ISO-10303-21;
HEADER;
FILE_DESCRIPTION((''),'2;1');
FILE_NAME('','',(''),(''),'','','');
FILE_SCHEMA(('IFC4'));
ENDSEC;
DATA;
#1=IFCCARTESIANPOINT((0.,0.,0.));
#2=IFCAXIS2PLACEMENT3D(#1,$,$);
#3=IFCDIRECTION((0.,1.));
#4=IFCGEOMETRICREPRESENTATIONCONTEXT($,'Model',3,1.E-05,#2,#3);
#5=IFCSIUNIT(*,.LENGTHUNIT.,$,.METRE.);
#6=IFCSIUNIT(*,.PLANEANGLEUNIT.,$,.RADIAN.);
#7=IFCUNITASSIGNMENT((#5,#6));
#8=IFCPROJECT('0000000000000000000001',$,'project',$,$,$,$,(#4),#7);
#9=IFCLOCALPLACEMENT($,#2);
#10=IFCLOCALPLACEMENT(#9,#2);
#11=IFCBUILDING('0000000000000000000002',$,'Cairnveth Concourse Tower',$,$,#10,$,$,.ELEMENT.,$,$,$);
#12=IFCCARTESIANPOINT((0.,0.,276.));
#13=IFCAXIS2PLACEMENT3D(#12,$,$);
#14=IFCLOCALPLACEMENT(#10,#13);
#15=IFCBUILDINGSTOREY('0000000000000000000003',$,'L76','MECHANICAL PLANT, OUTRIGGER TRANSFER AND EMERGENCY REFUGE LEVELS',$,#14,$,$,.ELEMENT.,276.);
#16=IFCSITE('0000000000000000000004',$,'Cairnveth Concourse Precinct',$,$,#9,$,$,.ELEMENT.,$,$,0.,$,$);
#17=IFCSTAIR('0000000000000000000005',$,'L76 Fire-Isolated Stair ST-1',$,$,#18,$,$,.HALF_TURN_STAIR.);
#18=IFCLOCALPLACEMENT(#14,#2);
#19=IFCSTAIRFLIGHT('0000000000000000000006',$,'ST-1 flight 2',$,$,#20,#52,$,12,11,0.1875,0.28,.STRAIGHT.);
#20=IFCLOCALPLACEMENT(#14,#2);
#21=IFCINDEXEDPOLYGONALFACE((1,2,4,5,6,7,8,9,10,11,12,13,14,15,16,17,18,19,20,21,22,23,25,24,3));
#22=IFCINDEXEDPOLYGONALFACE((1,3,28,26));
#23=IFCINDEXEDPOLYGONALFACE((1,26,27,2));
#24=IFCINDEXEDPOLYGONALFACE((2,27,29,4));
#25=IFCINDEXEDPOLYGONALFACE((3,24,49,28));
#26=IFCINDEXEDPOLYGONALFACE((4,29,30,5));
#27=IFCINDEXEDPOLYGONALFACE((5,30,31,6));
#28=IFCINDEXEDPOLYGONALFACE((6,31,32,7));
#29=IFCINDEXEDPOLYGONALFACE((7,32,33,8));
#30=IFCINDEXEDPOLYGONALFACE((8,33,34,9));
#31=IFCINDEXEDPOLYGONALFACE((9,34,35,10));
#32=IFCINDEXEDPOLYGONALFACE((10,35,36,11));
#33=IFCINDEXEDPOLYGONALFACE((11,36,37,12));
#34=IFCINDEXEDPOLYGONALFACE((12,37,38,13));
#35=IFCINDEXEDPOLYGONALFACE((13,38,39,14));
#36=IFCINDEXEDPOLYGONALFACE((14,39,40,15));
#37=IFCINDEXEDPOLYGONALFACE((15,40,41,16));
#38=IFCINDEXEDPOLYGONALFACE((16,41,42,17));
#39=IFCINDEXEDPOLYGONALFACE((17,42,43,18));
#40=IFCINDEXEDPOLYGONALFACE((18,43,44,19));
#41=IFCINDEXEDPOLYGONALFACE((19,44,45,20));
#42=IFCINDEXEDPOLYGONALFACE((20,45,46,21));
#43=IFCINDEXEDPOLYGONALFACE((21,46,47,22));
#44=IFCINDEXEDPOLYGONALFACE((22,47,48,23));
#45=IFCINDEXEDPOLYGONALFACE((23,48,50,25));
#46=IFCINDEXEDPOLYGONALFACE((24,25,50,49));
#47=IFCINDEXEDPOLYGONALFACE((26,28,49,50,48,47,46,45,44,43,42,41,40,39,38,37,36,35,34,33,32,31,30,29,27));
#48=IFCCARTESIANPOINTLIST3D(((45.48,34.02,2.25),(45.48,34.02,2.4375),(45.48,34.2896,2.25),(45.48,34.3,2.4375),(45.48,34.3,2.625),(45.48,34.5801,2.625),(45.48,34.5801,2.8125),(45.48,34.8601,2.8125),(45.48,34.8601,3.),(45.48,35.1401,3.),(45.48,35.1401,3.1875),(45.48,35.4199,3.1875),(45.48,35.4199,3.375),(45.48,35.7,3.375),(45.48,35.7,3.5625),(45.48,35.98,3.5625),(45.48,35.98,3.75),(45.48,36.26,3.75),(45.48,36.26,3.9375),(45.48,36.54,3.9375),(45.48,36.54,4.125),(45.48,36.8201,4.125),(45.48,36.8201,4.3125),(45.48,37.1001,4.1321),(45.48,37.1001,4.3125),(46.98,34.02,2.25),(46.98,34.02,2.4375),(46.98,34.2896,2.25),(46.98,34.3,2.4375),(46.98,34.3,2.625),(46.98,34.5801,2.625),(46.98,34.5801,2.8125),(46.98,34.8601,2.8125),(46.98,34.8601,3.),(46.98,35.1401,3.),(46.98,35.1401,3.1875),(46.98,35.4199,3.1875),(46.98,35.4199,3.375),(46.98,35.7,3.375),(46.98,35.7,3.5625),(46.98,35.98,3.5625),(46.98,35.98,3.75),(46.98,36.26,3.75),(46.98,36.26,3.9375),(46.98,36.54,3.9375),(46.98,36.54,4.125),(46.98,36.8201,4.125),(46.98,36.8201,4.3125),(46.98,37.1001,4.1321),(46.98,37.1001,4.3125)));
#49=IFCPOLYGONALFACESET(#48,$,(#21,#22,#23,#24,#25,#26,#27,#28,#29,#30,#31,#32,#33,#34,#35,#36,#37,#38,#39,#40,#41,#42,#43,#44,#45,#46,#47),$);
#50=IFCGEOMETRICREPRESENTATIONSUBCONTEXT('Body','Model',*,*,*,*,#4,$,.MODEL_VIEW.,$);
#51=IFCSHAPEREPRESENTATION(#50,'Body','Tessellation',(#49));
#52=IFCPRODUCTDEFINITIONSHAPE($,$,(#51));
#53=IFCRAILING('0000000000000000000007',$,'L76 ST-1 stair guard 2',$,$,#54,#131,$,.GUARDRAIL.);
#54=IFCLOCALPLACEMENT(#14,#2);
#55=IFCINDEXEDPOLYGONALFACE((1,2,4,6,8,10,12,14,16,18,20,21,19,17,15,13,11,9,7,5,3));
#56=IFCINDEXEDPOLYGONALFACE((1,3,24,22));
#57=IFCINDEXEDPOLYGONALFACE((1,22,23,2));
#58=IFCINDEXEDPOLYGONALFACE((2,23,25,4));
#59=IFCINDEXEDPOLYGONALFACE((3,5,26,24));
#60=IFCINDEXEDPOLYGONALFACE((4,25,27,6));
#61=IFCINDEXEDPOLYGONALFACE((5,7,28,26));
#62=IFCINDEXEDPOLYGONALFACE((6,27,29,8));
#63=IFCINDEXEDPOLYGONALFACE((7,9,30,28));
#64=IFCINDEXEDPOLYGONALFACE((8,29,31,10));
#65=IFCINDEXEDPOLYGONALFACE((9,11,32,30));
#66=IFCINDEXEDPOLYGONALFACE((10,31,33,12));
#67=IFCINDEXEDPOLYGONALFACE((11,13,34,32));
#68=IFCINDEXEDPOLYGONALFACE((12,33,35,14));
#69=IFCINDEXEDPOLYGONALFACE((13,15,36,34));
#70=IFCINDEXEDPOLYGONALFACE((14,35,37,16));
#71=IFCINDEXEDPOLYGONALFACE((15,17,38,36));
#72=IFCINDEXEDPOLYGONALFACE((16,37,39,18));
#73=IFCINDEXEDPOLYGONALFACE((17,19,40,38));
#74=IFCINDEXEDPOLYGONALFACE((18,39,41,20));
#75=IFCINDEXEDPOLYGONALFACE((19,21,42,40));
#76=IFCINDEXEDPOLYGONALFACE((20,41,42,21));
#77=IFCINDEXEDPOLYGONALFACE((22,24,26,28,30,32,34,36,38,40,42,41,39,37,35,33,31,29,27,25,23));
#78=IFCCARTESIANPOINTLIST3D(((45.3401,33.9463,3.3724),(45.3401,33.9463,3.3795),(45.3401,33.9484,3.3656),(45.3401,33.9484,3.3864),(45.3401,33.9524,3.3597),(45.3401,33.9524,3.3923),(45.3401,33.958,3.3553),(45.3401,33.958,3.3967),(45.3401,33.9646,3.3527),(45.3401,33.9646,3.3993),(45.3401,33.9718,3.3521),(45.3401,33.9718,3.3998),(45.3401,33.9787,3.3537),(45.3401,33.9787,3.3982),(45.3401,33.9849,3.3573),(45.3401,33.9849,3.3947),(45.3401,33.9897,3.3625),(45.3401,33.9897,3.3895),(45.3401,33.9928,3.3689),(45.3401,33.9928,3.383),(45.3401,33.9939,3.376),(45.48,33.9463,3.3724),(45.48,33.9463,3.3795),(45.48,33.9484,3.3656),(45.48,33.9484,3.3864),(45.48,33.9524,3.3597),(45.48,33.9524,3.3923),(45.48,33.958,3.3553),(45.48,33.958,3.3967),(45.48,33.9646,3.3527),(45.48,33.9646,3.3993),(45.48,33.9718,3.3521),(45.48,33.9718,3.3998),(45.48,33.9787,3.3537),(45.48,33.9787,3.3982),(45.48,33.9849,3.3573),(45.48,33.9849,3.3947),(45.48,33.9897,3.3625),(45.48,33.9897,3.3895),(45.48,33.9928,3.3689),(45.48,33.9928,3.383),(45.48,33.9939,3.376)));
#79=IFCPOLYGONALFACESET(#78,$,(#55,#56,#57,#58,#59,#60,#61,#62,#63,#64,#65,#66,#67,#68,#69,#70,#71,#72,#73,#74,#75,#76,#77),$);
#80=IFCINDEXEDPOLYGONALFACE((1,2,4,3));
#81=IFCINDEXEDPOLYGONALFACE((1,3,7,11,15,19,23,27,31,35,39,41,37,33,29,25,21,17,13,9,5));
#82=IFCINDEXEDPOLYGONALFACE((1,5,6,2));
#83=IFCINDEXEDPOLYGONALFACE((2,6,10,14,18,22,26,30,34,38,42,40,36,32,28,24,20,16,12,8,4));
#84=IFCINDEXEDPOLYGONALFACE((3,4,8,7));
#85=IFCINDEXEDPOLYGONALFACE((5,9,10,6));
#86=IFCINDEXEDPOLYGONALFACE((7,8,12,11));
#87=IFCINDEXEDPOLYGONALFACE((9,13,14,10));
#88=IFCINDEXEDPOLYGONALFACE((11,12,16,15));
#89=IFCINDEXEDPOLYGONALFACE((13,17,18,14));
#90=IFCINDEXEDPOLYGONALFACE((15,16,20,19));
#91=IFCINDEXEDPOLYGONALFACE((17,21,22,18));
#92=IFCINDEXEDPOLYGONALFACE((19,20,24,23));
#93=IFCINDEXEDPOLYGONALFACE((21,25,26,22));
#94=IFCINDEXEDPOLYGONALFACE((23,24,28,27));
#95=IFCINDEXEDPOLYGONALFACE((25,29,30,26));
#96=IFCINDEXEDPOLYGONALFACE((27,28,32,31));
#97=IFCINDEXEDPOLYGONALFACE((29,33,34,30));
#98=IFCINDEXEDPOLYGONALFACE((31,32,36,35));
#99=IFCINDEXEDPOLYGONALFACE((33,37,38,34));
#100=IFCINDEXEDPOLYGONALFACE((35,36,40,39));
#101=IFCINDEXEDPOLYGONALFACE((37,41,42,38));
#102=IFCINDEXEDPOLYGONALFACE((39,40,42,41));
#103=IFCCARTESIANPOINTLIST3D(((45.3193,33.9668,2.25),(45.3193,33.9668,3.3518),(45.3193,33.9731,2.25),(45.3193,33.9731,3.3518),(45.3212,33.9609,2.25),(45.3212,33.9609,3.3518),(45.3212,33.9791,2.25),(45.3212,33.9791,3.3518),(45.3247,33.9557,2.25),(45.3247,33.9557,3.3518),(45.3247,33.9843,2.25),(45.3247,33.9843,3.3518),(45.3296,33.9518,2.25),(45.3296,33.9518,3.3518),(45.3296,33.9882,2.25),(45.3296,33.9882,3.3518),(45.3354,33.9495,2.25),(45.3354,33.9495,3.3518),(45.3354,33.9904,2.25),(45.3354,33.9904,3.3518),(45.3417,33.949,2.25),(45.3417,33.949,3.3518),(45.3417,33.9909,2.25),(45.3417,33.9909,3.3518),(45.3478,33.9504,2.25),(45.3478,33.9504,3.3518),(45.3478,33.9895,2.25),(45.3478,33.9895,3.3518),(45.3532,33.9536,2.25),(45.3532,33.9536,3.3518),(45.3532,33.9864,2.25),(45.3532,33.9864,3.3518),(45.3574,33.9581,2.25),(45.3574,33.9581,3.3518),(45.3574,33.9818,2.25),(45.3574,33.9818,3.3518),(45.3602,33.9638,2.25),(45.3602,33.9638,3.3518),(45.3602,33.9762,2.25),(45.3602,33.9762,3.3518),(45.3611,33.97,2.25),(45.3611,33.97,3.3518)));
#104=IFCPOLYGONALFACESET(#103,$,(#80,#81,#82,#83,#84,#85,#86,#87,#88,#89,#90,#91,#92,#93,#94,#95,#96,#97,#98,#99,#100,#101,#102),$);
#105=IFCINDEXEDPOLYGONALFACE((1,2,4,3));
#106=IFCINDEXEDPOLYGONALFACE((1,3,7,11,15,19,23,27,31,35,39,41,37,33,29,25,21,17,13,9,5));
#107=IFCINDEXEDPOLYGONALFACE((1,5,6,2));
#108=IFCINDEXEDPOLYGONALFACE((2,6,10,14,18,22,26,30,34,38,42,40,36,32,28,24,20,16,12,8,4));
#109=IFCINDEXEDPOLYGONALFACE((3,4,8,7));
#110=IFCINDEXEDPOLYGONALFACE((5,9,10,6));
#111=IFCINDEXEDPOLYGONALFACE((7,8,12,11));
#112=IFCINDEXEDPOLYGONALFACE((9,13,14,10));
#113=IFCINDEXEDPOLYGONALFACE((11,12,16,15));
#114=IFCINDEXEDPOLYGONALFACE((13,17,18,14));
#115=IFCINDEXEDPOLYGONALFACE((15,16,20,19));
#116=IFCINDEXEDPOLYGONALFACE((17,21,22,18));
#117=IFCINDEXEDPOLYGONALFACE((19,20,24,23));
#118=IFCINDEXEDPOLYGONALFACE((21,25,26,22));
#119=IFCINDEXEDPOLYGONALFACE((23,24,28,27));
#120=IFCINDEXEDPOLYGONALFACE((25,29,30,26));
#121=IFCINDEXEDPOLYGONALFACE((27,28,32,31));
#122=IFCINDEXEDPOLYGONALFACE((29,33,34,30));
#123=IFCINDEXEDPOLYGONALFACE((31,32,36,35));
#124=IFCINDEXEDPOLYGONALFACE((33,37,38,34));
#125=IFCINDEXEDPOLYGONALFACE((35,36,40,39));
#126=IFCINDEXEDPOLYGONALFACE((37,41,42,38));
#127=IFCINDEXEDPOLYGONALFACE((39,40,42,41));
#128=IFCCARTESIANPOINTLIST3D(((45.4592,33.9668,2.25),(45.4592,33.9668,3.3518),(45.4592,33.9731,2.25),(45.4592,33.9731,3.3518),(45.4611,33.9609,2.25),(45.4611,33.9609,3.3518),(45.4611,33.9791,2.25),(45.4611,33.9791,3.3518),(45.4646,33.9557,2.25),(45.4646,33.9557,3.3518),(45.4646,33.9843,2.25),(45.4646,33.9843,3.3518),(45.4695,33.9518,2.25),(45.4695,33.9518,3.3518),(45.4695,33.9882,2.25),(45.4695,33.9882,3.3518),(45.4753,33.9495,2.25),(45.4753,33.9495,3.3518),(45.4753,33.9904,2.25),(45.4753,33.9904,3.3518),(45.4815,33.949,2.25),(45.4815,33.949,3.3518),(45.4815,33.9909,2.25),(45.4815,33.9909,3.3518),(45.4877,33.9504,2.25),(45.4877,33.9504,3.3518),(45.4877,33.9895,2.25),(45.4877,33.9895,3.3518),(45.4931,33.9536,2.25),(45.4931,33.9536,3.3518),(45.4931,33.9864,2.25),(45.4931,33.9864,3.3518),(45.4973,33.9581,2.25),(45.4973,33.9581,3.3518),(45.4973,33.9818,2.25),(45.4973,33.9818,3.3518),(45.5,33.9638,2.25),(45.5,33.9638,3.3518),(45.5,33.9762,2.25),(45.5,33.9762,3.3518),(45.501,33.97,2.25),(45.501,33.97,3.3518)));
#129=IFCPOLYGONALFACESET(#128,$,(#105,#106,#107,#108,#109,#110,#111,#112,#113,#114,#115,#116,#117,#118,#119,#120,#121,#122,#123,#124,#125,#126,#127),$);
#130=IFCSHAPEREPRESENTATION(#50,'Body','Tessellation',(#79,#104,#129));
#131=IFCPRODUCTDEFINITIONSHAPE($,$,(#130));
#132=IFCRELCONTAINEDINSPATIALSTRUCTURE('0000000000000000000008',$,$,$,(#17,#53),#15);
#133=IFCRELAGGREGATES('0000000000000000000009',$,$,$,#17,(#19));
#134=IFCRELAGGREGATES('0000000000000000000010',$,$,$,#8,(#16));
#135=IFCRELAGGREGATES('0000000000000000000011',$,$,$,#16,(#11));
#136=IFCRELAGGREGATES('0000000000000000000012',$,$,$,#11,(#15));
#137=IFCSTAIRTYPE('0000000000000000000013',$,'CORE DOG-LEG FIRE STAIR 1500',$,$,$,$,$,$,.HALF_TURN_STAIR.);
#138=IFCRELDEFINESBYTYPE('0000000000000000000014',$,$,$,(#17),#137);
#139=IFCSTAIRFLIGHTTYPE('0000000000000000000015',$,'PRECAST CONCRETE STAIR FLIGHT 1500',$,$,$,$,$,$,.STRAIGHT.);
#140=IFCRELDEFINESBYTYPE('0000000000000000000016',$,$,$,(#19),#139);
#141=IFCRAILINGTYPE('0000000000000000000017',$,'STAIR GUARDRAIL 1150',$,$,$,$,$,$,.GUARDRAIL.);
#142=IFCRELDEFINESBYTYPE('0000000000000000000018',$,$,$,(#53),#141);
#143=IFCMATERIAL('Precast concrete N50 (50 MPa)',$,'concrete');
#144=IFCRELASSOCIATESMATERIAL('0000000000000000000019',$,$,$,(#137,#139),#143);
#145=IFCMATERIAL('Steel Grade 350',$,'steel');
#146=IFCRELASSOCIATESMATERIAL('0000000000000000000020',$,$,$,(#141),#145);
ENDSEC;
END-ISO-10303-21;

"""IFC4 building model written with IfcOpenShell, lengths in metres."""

from ifc_helpers import new_model, si_unit, direction, frame, origin, origin_2d, place, context, subcontext, project, spatial, polyline, circle, outline, extrude, material, type_object, element, aggregate, save


model = new_model("IFC4")

# Units and contexts
model_context = context("Model", 3, precision=1e-05, world=origin(), true_north=direction((0.0, 1.0)))
body_context = subcontext(model_context, "Body", "Model", "MODEL_VIEW")
ifc_project = project(units=[si_unit("LENGTHUNIT", "METRE"), si_unit("PLANEANGLEUNIT", "RADIAN")], contexts=[model_context])

# Site, building, storey
site_placement = place(None, origin())
site = spatial("IfcSite", under=ifc_project, at=site_placement, Name="Cairnveth Concourse Precinct", CompositionType="ELEMENT", RefElevation=0.0)
building_placement = place(site_placement, origin())
building = spatial("IfcBuilding", under=site, at=building_placement, Name="Cairnveth Concourse Tower", CompositionType="ELEMENT")
storey_placement = place(building_placement, frame((0.0, 0.0, 276.0)))
storey = spatial("IfcBuildingStorey", under=building, at=storey_placement, Name="L76", Description="MECHANICAL PLANT, OUTRIGGER TRANSFER AND EMERGENCY REFUGE LEVELS", CompositionType="ELEMENT", Elevation=276.0)

# Shared definitions
ifc_material_1 = material(Name="Steel Grade 350", Category="steel")

# Stair, stair flight
ifc_material_2 = material(Name="Precast concrete N50 (50 MPa)", Category="concrete")
stair_type = type_object("IfcStairType", Name="CORE DOG-LEG FIRE STAIR 1500", PredefinedType="HALF_TURN_STAIR", material=ifc_material_2)
stair_placement = place(storey_placement, origin())
stair = element("IfcStair", 1, at=stair_placement, inside=storey, type_object=stair_type, Name="L76 Fire-Isolated Stair ST-1", PredefinedType="HALF_TURN_STAIR")
stair_flight_type = type_object("IfcStairFlightType", Name="PRECAST CONCRETE STAIR FLIGHT 1500", PredefinedType="STRAIGHT", material=ifc_material_2)
stair_flight_placement = place(storey_placement, frame((46.23, 34.02, 2.25), z_axis=(0.0, 0.0, 1.0), x_axis=(0.0, 1.0, 0.0)))
stair_flight = element("IfcStairFlight", 2, at=stair_flight_placement, type_object=stair_flight_type, Name="ST-1 flight 2", NumberOfRisers=12, NumberOfTreads=11, PredefinedType="STRAIGHT", RiserHeight=0.1875, TreadLength=0.28, context=body_context, shape_type="SweptSolid", body=[
    extrude(outline(polyline([(0.0, 0.0), (0.0, 0.1875), (0.28, 0.1875), (0.28, 0.375), (0.5601, 0.375), (0.5601, 0.5625), (0.8401, 0.5625), (0.8401, 0.75), (1.1201, 0.75), (1.1201, 0.9375), (1.3999, 0.9375), (1.3999, 1.125), (1.6799, 1.125), (1.6799, 1.3125), (1.96, 1.3125), (1.96, 1.5), (2.24, 1.5), (2.24, 1.6875), (2.52, 1.6875), (2.52, 1.875), (2.8, 1.875), (2.8, 2.0625), (3.0801, 2.0625), (3.0801, 2.25), (3.0801, 1.8821), (0.2695, 0.0), (0.0, 0.0)])), frame((0.0, 0.75, 0.0), z_axis=(0.0, -1.0, 0.0), x_axis=(1.0, 0.0, 0.0)), (0.0, 0.0, 1.0), 1.5),
])
aggregate(stair, [stair_flight])

# Railing
railing_type_1 = type_object("IfcRailingType", Name="STAIR GUARDRAIL 1150", PredefinedType="GUARDRAIL", material=ifc_material_1)
railing_1_placement = place(storey_placement, frame((45.3401, 33.97, 2.25)))
element("IfcRailing", 3, at=railing_1_placement, inside=storey, type_object=railing_type_1, Name="L76 ST-1 stair guard 2", PredefinedType="GUARDRAIL", context=body_context, shape_type="SweptSolid", body=[
    extrude(circle(Radius=0.0239, at=origin_2d()), frame((0.0, 0.0, 1.126), z_axis=(1.0, 0.0, 0.0), x_axis=(0.0, 1.0, 0.0)), (0.0, 0.0, 1.0), 0.1399),
    extrude(circle(Radius=0.021, at=origin_2d()), origin(), (0.0, 0.0, 1.0), 1.1018),
    extrude(circle(Radius=0.021, at=origin_2d()), frame((0.1399, 0.0, 0.0)), (0.0, 0.0, 1.0), 1.1018),
])

save(model, "model.ifc")
